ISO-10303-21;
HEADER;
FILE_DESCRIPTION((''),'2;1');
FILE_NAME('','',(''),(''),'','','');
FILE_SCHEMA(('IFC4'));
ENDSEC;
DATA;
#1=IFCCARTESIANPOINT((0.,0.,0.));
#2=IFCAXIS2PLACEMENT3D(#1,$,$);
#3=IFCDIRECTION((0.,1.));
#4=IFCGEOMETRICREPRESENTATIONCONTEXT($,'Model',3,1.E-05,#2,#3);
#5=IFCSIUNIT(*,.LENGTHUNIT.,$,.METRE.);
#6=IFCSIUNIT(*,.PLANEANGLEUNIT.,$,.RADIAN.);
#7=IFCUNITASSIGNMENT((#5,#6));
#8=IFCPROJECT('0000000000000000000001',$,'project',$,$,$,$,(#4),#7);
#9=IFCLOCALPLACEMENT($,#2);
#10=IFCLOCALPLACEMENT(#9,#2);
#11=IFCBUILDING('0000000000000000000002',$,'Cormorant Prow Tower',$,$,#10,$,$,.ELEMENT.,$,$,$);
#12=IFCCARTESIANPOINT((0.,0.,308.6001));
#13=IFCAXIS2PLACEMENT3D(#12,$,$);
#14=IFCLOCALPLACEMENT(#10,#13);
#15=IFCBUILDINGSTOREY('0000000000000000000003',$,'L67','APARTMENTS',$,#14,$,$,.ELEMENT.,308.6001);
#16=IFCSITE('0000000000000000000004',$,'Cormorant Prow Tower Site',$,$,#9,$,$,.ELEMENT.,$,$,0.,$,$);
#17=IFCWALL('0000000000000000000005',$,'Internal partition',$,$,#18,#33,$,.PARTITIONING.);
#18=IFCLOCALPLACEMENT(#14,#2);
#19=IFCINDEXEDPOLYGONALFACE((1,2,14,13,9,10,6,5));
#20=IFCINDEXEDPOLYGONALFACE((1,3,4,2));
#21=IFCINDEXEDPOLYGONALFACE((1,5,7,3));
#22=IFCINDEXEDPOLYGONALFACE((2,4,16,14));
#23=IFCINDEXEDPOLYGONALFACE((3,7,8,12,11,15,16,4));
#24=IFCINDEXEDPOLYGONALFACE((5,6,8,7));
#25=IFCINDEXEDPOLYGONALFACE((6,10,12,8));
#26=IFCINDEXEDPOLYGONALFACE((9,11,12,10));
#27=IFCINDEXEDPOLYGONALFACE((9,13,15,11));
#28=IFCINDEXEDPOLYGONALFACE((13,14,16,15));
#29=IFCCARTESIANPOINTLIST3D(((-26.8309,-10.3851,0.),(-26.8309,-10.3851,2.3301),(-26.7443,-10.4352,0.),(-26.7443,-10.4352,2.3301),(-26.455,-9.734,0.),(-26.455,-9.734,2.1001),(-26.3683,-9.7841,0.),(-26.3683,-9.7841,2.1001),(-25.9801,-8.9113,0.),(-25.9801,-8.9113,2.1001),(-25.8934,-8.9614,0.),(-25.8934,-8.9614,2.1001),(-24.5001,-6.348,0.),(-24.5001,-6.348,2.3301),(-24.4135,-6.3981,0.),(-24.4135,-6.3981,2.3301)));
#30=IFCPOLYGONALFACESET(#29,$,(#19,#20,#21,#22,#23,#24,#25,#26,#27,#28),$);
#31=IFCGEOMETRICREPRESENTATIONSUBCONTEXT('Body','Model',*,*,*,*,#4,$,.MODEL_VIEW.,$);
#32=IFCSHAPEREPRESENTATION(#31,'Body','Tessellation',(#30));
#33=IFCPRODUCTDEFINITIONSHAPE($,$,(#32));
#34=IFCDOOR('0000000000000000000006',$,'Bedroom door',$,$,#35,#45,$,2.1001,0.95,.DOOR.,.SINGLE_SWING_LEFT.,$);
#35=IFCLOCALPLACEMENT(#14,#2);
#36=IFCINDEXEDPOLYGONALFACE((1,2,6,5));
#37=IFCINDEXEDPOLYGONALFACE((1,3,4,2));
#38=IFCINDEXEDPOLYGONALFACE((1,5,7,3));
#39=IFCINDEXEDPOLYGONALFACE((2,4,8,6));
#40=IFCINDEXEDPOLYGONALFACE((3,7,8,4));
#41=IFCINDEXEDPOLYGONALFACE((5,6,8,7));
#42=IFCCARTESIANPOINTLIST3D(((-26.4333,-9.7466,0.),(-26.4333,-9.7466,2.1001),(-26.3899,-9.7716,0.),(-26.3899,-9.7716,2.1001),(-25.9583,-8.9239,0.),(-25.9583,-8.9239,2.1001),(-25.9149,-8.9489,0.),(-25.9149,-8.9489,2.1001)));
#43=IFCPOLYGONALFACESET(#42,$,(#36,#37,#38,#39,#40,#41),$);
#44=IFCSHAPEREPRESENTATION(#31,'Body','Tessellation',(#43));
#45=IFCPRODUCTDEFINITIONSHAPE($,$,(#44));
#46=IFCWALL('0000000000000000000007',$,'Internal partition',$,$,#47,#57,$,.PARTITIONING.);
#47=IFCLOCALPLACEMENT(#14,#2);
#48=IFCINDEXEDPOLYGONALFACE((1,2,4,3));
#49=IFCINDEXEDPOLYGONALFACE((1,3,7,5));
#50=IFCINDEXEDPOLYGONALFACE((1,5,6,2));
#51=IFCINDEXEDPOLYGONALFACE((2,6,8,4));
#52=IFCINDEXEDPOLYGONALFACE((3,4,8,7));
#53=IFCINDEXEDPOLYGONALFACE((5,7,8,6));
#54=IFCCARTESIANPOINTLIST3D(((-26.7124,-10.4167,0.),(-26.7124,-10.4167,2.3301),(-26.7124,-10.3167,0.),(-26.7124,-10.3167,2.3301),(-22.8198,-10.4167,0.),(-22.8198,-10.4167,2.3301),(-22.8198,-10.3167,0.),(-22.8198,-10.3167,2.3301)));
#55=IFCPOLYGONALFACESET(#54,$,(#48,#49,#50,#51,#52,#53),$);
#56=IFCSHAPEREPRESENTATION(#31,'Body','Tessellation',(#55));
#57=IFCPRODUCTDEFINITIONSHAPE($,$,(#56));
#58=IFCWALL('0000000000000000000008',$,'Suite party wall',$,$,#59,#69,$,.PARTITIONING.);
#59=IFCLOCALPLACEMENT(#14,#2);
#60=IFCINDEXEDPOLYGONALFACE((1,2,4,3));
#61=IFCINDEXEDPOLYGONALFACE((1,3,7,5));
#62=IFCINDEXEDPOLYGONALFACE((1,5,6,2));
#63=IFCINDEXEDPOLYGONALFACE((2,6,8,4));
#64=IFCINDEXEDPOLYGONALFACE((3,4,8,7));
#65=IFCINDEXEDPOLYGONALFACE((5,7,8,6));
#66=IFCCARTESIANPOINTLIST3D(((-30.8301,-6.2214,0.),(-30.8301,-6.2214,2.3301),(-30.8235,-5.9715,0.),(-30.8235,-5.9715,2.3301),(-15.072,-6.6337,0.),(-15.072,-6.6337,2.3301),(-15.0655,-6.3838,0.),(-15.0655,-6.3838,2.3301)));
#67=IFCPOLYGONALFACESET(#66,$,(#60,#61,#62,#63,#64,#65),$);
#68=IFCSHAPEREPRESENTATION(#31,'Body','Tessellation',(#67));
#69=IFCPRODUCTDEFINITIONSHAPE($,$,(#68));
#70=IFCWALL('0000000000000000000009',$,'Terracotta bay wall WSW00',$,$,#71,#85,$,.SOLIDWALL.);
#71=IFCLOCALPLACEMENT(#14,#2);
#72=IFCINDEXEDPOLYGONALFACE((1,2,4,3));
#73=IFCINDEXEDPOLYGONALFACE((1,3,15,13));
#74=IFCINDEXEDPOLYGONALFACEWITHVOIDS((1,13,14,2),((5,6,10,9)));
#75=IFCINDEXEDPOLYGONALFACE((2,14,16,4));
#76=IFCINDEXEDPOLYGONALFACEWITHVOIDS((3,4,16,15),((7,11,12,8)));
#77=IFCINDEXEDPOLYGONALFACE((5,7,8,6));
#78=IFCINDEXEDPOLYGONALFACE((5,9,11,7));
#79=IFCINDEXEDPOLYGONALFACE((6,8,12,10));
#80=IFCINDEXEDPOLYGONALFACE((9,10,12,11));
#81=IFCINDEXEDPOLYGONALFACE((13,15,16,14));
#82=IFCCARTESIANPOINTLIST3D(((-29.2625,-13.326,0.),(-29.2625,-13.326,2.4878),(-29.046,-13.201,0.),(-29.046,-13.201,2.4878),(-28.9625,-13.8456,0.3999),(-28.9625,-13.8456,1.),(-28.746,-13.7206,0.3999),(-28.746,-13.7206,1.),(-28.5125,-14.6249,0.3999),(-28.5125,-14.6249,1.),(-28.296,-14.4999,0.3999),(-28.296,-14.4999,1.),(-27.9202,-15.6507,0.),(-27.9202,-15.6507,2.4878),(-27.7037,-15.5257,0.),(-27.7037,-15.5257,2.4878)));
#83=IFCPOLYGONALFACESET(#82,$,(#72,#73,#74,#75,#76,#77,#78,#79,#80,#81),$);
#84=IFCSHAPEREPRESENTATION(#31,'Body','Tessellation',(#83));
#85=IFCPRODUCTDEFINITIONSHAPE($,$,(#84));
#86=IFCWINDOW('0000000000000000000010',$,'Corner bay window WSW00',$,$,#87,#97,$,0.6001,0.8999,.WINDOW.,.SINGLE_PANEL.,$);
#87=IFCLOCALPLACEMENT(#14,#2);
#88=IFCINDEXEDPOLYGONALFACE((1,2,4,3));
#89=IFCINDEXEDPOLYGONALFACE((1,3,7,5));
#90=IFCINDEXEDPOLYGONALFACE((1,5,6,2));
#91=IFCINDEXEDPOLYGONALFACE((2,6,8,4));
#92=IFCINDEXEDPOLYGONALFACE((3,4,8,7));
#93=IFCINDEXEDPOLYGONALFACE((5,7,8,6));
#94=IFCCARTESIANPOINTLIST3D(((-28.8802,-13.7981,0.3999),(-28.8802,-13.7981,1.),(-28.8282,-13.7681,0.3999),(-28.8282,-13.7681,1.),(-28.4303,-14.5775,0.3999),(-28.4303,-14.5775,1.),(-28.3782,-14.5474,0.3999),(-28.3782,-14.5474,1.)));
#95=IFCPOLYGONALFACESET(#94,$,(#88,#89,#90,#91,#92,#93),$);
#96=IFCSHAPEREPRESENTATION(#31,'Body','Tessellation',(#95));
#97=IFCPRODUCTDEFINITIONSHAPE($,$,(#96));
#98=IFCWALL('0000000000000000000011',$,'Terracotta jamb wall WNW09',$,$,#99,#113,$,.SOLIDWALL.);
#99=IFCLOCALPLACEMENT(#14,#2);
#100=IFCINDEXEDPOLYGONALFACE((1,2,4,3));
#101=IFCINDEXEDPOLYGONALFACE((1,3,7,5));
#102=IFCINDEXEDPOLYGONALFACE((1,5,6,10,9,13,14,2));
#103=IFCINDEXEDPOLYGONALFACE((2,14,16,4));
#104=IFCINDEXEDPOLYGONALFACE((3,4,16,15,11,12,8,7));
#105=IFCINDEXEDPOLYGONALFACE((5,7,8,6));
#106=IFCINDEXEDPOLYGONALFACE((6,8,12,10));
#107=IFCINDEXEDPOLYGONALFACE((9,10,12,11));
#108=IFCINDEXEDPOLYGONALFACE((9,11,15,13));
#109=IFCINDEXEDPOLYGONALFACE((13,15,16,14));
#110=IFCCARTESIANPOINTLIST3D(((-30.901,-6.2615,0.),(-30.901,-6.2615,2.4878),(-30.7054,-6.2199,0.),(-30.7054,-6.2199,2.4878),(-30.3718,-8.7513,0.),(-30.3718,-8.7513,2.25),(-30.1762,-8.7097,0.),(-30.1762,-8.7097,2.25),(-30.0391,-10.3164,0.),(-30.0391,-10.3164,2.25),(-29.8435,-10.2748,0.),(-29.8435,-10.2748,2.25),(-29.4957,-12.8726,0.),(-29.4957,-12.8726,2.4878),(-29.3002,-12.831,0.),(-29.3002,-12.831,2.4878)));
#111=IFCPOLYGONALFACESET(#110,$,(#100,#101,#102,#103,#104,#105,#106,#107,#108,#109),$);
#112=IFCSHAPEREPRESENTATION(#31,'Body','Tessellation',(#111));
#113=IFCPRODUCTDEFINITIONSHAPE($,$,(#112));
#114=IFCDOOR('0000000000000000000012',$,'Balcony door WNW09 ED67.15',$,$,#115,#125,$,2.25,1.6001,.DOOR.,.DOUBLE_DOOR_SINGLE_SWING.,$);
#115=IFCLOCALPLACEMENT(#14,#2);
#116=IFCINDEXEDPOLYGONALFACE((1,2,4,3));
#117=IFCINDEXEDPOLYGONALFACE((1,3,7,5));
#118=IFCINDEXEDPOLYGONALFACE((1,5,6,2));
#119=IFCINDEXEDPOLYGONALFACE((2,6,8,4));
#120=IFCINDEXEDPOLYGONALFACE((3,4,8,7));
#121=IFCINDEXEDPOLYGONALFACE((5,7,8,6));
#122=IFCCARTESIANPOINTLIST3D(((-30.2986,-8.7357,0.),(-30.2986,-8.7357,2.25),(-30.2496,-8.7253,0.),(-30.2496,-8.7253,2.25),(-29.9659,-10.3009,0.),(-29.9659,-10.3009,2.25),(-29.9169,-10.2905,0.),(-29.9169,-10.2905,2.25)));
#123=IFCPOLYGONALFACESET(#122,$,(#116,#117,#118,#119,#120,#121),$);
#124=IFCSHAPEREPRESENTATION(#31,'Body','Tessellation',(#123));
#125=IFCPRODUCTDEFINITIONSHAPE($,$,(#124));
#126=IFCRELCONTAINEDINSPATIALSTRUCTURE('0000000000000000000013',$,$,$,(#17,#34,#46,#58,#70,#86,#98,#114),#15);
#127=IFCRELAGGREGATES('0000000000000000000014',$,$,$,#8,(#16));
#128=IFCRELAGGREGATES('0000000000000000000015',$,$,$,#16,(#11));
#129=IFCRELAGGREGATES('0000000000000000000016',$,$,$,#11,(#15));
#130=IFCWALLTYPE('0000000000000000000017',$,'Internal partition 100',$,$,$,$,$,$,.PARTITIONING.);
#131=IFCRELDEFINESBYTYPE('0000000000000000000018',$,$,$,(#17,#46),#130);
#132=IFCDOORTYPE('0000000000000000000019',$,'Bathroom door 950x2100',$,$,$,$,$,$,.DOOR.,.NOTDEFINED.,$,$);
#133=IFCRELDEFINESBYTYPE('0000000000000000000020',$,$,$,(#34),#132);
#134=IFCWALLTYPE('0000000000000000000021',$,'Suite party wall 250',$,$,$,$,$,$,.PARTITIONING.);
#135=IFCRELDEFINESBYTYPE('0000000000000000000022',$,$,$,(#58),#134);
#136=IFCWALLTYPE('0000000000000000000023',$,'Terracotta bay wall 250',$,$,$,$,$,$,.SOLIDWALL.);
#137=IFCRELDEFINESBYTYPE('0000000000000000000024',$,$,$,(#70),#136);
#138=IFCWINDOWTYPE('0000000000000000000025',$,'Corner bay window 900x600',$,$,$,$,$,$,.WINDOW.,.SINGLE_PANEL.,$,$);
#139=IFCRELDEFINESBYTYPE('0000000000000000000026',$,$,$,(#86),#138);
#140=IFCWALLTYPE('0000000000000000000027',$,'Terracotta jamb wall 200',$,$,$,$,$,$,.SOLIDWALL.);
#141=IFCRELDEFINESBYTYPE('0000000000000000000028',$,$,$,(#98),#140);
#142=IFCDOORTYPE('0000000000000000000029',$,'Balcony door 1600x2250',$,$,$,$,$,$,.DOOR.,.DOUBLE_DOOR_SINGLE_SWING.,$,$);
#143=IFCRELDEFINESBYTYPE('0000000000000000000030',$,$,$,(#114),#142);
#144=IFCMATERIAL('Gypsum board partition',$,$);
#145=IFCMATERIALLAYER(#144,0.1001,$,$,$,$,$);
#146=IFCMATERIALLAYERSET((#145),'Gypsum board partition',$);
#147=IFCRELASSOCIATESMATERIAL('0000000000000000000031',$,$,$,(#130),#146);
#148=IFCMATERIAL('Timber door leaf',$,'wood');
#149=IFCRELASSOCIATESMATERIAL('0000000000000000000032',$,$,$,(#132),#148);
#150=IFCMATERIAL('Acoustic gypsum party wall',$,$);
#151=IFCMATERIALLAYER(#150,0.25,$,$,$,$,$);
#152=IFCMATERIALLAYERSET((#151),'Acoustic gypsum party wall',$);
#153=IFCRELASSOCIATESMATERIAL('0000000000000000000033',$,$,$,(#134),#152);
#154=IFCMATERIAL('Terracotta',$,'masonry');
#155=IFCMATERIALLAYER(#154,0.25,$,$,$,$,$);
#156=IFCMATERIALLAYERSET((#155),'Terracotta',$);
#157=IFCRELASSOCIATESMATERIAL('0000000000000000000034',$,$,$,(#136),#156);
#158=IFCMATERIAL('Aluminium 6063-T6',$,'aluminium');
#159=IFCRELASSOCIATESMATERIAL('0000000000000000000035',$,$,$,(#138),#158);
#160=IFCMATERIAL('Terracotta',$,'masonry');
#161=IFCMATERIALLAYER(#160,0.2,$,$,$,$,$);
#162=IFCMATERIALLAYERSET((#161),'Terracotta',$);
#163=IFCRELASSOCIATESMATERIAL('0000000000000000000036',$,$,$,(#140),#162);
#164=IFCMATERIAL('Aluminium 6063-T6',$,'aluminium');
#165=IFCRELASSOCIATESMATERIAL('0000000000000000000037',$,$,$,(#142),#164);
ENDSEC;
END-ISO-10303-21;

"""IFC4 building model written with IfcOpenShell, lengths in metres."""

from ifc_helpers import new_model, si_unit, direction, frame, frame_2d, origin, place, context, subcontext, project, spatial, rectangle, extrude, material, layer, layer_set, type_object, element, fill, save


model = new_model("IFC4")

# Units and contexts
model_context = context("Model", 3, precision=1e-05, world=origin(), true_north=direction((0.0, 1.0)))
body_context = subcontext(model_context, "Body", "Model", "MODEL_VIEW")
ifc_project = project(units=[si_unit("LENGTHUNIT", "METRE"), si_unit("PLANEANGLEUNIT", "RADIAN")], contexts=[model_context])

# Site, building, storey
site_placement = place(None, origin())
site = spatial("IfcSite", under=ifc_project, at=site_placement, Name="Cormorant Prow Tower Site", CompositionType="ELEMENT", RefElevation=0.0)
building_placement = place(site_placement, origin())
building = spatial("IfcBuilding", under=site, at=building_placement, Name="Cormorant Prow Tower", CompositionType="ELEMENT")
storey_placement = place(building_placement, frame((0.0, 0.0, 308.6001)))
storey = spatial("IfcBuildingStorey", under=building, at=storey_placement, Name="L67", Description="APARTMENTS", CompositionType="ELEMENT", Elevation=308.6001)

# Wall, opening, door
ifc_material_1 = material(Name="Gypsum board partition")
ifc_layer_1 = layer(ifc_material_1, 0.1001)
ifc_layer_set_1 = layer_set([ifc_layer_1], Name="Gypsum board partition")
wall_type_1 = type_object("IfcWallType", Name="Internal partition 100", PredefinedType="PARTITIONING", material=ifc_layer_set_1)
ifc_material_2 = material(Name="Timber door leaf", Category="wood")
door_type_1 = type_object("IfcDoorType", Name="Bathroom door 950x2100", OperationType="NOTDEFINED", PredefinedType="DOOR", material=ifc_material_2)
wall_1_placement = place(storey_placement, frame((-26.7876, -10.4102, 0.0), z_axis=(0.0, 0.0, 1.0), x_axis=(0.499997, 0.866027, 0.0)))
wall_1 = element("IfcWall", 1, at=wall_1_placement, inside=storey, type_object=wall_type_1, Name="Internal partition", PredefinedType="PARTITIONING", context=body_context, shape_type="SweptSolid", body=[
    extrude(rectangle(XDim=4.6616, YDim=0.1001, at=frame_2d((2.3308, 0.0))), origin(), (0.0, 0.0, 1.0), 2.3301),
])
opening_1_placement = place(wall_1_placement, frame((0.7517, 0.0, 0.0)))
opening_1 = element("IfcOpeningElement", 2, at=opening_1_placement, cuts=wall_1, PredefinedType="OPENING", context=body_context, shape_type="SweptSolid", body=[
    extrude(rectangle(XDim=0.95, YDim=2.1001, at=frame_2d((0.4751, 1.05))), frame((0.0, 0.0601, 0.0), z_axis=(0.0, -1.0, 0.0), x_axis=(1.0, 0.0, 0.0)), (0.0, 0.0, 1.0), 0.1201),
])
door_1_placement = place(opening_1_placement, origin())
door_1 = element("IfcDoor", 3, at=door_1_placement, inside=storey, type_object=door_type_1, Name="Bedroom door", OperationType="SINGLE_SWING_LEFT", OverallHeight=2.1001, OverallWidth=0.95, PredefinedType="DOOR", context=body_context, shape_type="SweptSolid", body=[
    extrude(rectangle(XDim=0.95, YDim=2.1001, at=frame_2d((0.4751, 1.05))), frame((0.0, 0.0249, 0.0), z_axis=(0.0, -1.0, 0.0), x_axis=(1.0, 0.0, 0.0)), (0.0, 0.0, 1.0), 0.05),
])
fill(opening_1, door_1)

# Walls
wall_2_placement = place(storey_placement, frame((-26.7124, -10.3667, 0.0), z_axis=(0.0, 0.0, 1.0), x_axis=(1.0, 0.0, 0.0)))
element("IfcWall", 4, at=wall_2_placement, inside=storey, type_object=wall_type_1, Name="Internal partition", PredefinedType="PARTITIONING", context=body_context, shape_type="SweptSolid", body=[
    extrude(rectangle(XDim=3.8926, YDim=0.1001, at=frame_2d((1.9463, 0.0))), origin(), (0.0, 0.0, 1.0), 2.3301),
])
ifc_material_3 = material(Name="Acoustic gypsum party wall")
ifc_layer_2 = layer(ifc_material_3, 0.25)
ifc_layer_set_2 = layer_set([ifc_layer_2], Name="Acoustic gypsum party wall")
wall_type_2 = type_object("IfcWallType", Name="Suite party wall 250", PredefinedType="PARTITIONING", material=ifc_layer_set_2)
wall_3_placement = place(storey_placement, frame((-30.8269, -6.0964, 0.0), z_axis=(0.0, 0.0, 1.0), x_axis=(0.999658, -0.026159, 0.0)))
element("IfcWall", 5, at=wall_3_placement, inside=storey, type_object=wall_type_2, Name="Suite party wall", PredefinedType="PARTITIONING", context=body_context, shape_type="SweptSolid", body=[
    extrude(rectangle(XDim=15.7634, YDim=0.25, at=frame_2d((7.8818, 0.0))), origin(), (0.0, 0.0, 1.0), 2.3301),
])

# Wall, opening, window
ifc_material_4 = material(Name="Terracotta", Category="masonry")
ifc_layer_3 = layer(ifc_material_4, 0.25)
ifc_layer_set_3 = layer_set([ifc_layer_3], Name="Terracotta")
wall_type_3 = type_object("IfcWallType", Name="Terracotta bay wall 250", PredefinedType="SOLIDWALL", material=ifc_layer_set_3)
wall_4_placement = place(storey_placement, frame((-29.1543, -13.2634, 0.0), z_axis=(0.0, 0.0, 1.0), x_axis=(0.500032, -0.866007, 0.0)))
wall_4 = element("IfcWall", 6, at=wall_4_placement, inside=storey, type_object=wall_type_3, Name="Terracotta bay wall WSW00", PredefinedType="SOLIDWALL", context=body_context, shape_type="SweptSolid", body=[
    extrude(rectangle(XDim=2.6843, YDim=0.25, at=frame_2d((1.3423, 0.0))), origin(), (0.0, 0.0, 1.0), 2.4878),
])
opening_2_placement = place(wall_4_placement, frame((0.6001, 0.0, 0.3999)))
opening_2 = element("IfcOpeningElement", 7, at=opening_2_placement, cuts=wall_4, PredefinedType="OPENING", context=body_context, shape_type="SweptSolid", body=[
    extrude(rectangle(XDim=0.8999, YDim=0.6001, at=frame_2d((0.45, 0.3))), frame((0.0, 0.135, 0.0), z_axis=(0.0, -1.0, 0.0), x_axis=(1.0, 0.0, 0.0)), (0.0, 0.0, 1.0), 0.27),
])
ifc_material_5 = material(Name="Aluminium 6063-T6", Category="aluminium")
window_type = type_object("IfcWindowType", Name="Corner bay window 900x600", PartitioningType="SINGLE_PANEL", PredefinedType="WINDOW", material=ifc_material_5)
window_placement = place(opening_2_placement, origin())
window = element("IfcWindow", 8, at=window_placement, inside=storey, type_object=window_type, Name="Corner bay window WSW00", OverallHeight=0.6001, OverallWidth=0.8999, PartitioningType="SINGLE_PANEL", PredefinedType="WINDOW", context=body_context, shape_type="SweptSolid", body=[
    extrude(rectangle(XDim=0.8999, YDim=0.6001, at=frame_2d((0.45, 0.3))), frame((0.0, 0.03, 0.0), z_axis=(0.0, -1.0, 0.0), x_axis=(1.0, 0.0, 0.0)), (0.0, 0.0, 1.0), 0.0601),
])
fill(opening_2, window)

# Wall, opening, door
ifc_material_6 = material(Name="Terracotta", Category="masonry")
ifc_layer_4 = layer(ifc_material_6, 0.2)
ifc_layer_set_4 = layer_set([ifc_layer_4], Name="Terracotta")
wall_type_4 = type_object("IfcWallType", Name="Terracotta jamb wall 200", PredefinedType="SOLIDWALL", material=ifc_layer_set_4)
wall_5_placement = place(storey_placement, frame((-30.8032, -6.2407, 0.0), z_axis=(0.0, 0.0, 1.0), x_axis=(0.207918, -0.978146, 0.0)))
wall_5 = element("IfcWall", 9, at=wall_5_placement, inside=storey, type_object=wall_type_4, Name="Terracotta jamb wall WNW09", PredefinedType="SOLIDWALL", context=body_context, shape_type="SweptSolid", body=[
    extrude(rectangle(XDim=6.7588, YDim=0.2, at=frame_2d((3.3794, 0.0))), origin(), (0.0, 0.0, 1.0), 2.4878),
])
opening_3_placement = place(wall_5_placement, frame((2.5454, 0.0, 0.0)))
opening_3 = element("IfcOpeningElement", 10, at=opening_3_placement, cuts=wall_5, PredefinedType="OPENING", context=body_context, shape_type="SweptSolid", body=[
    extrude(rectangle(XDim=1.6001, YDim=2.25, at=frame_2d((0.8, 1.125))), frame((0.0, 0.1099, 0.0), z_axis=(0.0, -1.0, 0.0), x_axis=(1.0, 0.0, 0.0)), (0.0, 0.0, 1.0), 0.22),
])
ifc_material_7 = material(Name="Aluminium 6063-T6", Category="aluminium")
door_type_2 = type_object("IfcDoorType", Name="Balcony door 1600x2250", OperationType="DOUBLE_DOOR_SINGLE_SWING", PredefinedType="DOOR", material=ifc_material_7)
door_2_placement = place(opening_3_placement, origin())
door_2 = element("IfcDoor", 11, at=door_2_placement, inside=storey, type_object=door_type_2, Name="Balcony door WNW09 ED67.15", OperationType="DOUBLE_DOOR_SINGLE_SWING", OverallHeight=2.25, OverallWidth=1.6001, PredefinedType="DOOR", context=body_context, shape_type="SweptSolid", body=[
    extrude(rectangle(XDim=1.6001, YDim=2.25, at=frame_2d((0.8, 1.125))), frame((0.0, 0.0249, 0.0), z_axis=(0.0, -1.0, 0.0), x_axis=(1.0, 0.0, 0.0)), (0.0, 0.0, 1.0), 0.05),
])
fill(opening_3, door_2)

save(model, "model.ifc")
